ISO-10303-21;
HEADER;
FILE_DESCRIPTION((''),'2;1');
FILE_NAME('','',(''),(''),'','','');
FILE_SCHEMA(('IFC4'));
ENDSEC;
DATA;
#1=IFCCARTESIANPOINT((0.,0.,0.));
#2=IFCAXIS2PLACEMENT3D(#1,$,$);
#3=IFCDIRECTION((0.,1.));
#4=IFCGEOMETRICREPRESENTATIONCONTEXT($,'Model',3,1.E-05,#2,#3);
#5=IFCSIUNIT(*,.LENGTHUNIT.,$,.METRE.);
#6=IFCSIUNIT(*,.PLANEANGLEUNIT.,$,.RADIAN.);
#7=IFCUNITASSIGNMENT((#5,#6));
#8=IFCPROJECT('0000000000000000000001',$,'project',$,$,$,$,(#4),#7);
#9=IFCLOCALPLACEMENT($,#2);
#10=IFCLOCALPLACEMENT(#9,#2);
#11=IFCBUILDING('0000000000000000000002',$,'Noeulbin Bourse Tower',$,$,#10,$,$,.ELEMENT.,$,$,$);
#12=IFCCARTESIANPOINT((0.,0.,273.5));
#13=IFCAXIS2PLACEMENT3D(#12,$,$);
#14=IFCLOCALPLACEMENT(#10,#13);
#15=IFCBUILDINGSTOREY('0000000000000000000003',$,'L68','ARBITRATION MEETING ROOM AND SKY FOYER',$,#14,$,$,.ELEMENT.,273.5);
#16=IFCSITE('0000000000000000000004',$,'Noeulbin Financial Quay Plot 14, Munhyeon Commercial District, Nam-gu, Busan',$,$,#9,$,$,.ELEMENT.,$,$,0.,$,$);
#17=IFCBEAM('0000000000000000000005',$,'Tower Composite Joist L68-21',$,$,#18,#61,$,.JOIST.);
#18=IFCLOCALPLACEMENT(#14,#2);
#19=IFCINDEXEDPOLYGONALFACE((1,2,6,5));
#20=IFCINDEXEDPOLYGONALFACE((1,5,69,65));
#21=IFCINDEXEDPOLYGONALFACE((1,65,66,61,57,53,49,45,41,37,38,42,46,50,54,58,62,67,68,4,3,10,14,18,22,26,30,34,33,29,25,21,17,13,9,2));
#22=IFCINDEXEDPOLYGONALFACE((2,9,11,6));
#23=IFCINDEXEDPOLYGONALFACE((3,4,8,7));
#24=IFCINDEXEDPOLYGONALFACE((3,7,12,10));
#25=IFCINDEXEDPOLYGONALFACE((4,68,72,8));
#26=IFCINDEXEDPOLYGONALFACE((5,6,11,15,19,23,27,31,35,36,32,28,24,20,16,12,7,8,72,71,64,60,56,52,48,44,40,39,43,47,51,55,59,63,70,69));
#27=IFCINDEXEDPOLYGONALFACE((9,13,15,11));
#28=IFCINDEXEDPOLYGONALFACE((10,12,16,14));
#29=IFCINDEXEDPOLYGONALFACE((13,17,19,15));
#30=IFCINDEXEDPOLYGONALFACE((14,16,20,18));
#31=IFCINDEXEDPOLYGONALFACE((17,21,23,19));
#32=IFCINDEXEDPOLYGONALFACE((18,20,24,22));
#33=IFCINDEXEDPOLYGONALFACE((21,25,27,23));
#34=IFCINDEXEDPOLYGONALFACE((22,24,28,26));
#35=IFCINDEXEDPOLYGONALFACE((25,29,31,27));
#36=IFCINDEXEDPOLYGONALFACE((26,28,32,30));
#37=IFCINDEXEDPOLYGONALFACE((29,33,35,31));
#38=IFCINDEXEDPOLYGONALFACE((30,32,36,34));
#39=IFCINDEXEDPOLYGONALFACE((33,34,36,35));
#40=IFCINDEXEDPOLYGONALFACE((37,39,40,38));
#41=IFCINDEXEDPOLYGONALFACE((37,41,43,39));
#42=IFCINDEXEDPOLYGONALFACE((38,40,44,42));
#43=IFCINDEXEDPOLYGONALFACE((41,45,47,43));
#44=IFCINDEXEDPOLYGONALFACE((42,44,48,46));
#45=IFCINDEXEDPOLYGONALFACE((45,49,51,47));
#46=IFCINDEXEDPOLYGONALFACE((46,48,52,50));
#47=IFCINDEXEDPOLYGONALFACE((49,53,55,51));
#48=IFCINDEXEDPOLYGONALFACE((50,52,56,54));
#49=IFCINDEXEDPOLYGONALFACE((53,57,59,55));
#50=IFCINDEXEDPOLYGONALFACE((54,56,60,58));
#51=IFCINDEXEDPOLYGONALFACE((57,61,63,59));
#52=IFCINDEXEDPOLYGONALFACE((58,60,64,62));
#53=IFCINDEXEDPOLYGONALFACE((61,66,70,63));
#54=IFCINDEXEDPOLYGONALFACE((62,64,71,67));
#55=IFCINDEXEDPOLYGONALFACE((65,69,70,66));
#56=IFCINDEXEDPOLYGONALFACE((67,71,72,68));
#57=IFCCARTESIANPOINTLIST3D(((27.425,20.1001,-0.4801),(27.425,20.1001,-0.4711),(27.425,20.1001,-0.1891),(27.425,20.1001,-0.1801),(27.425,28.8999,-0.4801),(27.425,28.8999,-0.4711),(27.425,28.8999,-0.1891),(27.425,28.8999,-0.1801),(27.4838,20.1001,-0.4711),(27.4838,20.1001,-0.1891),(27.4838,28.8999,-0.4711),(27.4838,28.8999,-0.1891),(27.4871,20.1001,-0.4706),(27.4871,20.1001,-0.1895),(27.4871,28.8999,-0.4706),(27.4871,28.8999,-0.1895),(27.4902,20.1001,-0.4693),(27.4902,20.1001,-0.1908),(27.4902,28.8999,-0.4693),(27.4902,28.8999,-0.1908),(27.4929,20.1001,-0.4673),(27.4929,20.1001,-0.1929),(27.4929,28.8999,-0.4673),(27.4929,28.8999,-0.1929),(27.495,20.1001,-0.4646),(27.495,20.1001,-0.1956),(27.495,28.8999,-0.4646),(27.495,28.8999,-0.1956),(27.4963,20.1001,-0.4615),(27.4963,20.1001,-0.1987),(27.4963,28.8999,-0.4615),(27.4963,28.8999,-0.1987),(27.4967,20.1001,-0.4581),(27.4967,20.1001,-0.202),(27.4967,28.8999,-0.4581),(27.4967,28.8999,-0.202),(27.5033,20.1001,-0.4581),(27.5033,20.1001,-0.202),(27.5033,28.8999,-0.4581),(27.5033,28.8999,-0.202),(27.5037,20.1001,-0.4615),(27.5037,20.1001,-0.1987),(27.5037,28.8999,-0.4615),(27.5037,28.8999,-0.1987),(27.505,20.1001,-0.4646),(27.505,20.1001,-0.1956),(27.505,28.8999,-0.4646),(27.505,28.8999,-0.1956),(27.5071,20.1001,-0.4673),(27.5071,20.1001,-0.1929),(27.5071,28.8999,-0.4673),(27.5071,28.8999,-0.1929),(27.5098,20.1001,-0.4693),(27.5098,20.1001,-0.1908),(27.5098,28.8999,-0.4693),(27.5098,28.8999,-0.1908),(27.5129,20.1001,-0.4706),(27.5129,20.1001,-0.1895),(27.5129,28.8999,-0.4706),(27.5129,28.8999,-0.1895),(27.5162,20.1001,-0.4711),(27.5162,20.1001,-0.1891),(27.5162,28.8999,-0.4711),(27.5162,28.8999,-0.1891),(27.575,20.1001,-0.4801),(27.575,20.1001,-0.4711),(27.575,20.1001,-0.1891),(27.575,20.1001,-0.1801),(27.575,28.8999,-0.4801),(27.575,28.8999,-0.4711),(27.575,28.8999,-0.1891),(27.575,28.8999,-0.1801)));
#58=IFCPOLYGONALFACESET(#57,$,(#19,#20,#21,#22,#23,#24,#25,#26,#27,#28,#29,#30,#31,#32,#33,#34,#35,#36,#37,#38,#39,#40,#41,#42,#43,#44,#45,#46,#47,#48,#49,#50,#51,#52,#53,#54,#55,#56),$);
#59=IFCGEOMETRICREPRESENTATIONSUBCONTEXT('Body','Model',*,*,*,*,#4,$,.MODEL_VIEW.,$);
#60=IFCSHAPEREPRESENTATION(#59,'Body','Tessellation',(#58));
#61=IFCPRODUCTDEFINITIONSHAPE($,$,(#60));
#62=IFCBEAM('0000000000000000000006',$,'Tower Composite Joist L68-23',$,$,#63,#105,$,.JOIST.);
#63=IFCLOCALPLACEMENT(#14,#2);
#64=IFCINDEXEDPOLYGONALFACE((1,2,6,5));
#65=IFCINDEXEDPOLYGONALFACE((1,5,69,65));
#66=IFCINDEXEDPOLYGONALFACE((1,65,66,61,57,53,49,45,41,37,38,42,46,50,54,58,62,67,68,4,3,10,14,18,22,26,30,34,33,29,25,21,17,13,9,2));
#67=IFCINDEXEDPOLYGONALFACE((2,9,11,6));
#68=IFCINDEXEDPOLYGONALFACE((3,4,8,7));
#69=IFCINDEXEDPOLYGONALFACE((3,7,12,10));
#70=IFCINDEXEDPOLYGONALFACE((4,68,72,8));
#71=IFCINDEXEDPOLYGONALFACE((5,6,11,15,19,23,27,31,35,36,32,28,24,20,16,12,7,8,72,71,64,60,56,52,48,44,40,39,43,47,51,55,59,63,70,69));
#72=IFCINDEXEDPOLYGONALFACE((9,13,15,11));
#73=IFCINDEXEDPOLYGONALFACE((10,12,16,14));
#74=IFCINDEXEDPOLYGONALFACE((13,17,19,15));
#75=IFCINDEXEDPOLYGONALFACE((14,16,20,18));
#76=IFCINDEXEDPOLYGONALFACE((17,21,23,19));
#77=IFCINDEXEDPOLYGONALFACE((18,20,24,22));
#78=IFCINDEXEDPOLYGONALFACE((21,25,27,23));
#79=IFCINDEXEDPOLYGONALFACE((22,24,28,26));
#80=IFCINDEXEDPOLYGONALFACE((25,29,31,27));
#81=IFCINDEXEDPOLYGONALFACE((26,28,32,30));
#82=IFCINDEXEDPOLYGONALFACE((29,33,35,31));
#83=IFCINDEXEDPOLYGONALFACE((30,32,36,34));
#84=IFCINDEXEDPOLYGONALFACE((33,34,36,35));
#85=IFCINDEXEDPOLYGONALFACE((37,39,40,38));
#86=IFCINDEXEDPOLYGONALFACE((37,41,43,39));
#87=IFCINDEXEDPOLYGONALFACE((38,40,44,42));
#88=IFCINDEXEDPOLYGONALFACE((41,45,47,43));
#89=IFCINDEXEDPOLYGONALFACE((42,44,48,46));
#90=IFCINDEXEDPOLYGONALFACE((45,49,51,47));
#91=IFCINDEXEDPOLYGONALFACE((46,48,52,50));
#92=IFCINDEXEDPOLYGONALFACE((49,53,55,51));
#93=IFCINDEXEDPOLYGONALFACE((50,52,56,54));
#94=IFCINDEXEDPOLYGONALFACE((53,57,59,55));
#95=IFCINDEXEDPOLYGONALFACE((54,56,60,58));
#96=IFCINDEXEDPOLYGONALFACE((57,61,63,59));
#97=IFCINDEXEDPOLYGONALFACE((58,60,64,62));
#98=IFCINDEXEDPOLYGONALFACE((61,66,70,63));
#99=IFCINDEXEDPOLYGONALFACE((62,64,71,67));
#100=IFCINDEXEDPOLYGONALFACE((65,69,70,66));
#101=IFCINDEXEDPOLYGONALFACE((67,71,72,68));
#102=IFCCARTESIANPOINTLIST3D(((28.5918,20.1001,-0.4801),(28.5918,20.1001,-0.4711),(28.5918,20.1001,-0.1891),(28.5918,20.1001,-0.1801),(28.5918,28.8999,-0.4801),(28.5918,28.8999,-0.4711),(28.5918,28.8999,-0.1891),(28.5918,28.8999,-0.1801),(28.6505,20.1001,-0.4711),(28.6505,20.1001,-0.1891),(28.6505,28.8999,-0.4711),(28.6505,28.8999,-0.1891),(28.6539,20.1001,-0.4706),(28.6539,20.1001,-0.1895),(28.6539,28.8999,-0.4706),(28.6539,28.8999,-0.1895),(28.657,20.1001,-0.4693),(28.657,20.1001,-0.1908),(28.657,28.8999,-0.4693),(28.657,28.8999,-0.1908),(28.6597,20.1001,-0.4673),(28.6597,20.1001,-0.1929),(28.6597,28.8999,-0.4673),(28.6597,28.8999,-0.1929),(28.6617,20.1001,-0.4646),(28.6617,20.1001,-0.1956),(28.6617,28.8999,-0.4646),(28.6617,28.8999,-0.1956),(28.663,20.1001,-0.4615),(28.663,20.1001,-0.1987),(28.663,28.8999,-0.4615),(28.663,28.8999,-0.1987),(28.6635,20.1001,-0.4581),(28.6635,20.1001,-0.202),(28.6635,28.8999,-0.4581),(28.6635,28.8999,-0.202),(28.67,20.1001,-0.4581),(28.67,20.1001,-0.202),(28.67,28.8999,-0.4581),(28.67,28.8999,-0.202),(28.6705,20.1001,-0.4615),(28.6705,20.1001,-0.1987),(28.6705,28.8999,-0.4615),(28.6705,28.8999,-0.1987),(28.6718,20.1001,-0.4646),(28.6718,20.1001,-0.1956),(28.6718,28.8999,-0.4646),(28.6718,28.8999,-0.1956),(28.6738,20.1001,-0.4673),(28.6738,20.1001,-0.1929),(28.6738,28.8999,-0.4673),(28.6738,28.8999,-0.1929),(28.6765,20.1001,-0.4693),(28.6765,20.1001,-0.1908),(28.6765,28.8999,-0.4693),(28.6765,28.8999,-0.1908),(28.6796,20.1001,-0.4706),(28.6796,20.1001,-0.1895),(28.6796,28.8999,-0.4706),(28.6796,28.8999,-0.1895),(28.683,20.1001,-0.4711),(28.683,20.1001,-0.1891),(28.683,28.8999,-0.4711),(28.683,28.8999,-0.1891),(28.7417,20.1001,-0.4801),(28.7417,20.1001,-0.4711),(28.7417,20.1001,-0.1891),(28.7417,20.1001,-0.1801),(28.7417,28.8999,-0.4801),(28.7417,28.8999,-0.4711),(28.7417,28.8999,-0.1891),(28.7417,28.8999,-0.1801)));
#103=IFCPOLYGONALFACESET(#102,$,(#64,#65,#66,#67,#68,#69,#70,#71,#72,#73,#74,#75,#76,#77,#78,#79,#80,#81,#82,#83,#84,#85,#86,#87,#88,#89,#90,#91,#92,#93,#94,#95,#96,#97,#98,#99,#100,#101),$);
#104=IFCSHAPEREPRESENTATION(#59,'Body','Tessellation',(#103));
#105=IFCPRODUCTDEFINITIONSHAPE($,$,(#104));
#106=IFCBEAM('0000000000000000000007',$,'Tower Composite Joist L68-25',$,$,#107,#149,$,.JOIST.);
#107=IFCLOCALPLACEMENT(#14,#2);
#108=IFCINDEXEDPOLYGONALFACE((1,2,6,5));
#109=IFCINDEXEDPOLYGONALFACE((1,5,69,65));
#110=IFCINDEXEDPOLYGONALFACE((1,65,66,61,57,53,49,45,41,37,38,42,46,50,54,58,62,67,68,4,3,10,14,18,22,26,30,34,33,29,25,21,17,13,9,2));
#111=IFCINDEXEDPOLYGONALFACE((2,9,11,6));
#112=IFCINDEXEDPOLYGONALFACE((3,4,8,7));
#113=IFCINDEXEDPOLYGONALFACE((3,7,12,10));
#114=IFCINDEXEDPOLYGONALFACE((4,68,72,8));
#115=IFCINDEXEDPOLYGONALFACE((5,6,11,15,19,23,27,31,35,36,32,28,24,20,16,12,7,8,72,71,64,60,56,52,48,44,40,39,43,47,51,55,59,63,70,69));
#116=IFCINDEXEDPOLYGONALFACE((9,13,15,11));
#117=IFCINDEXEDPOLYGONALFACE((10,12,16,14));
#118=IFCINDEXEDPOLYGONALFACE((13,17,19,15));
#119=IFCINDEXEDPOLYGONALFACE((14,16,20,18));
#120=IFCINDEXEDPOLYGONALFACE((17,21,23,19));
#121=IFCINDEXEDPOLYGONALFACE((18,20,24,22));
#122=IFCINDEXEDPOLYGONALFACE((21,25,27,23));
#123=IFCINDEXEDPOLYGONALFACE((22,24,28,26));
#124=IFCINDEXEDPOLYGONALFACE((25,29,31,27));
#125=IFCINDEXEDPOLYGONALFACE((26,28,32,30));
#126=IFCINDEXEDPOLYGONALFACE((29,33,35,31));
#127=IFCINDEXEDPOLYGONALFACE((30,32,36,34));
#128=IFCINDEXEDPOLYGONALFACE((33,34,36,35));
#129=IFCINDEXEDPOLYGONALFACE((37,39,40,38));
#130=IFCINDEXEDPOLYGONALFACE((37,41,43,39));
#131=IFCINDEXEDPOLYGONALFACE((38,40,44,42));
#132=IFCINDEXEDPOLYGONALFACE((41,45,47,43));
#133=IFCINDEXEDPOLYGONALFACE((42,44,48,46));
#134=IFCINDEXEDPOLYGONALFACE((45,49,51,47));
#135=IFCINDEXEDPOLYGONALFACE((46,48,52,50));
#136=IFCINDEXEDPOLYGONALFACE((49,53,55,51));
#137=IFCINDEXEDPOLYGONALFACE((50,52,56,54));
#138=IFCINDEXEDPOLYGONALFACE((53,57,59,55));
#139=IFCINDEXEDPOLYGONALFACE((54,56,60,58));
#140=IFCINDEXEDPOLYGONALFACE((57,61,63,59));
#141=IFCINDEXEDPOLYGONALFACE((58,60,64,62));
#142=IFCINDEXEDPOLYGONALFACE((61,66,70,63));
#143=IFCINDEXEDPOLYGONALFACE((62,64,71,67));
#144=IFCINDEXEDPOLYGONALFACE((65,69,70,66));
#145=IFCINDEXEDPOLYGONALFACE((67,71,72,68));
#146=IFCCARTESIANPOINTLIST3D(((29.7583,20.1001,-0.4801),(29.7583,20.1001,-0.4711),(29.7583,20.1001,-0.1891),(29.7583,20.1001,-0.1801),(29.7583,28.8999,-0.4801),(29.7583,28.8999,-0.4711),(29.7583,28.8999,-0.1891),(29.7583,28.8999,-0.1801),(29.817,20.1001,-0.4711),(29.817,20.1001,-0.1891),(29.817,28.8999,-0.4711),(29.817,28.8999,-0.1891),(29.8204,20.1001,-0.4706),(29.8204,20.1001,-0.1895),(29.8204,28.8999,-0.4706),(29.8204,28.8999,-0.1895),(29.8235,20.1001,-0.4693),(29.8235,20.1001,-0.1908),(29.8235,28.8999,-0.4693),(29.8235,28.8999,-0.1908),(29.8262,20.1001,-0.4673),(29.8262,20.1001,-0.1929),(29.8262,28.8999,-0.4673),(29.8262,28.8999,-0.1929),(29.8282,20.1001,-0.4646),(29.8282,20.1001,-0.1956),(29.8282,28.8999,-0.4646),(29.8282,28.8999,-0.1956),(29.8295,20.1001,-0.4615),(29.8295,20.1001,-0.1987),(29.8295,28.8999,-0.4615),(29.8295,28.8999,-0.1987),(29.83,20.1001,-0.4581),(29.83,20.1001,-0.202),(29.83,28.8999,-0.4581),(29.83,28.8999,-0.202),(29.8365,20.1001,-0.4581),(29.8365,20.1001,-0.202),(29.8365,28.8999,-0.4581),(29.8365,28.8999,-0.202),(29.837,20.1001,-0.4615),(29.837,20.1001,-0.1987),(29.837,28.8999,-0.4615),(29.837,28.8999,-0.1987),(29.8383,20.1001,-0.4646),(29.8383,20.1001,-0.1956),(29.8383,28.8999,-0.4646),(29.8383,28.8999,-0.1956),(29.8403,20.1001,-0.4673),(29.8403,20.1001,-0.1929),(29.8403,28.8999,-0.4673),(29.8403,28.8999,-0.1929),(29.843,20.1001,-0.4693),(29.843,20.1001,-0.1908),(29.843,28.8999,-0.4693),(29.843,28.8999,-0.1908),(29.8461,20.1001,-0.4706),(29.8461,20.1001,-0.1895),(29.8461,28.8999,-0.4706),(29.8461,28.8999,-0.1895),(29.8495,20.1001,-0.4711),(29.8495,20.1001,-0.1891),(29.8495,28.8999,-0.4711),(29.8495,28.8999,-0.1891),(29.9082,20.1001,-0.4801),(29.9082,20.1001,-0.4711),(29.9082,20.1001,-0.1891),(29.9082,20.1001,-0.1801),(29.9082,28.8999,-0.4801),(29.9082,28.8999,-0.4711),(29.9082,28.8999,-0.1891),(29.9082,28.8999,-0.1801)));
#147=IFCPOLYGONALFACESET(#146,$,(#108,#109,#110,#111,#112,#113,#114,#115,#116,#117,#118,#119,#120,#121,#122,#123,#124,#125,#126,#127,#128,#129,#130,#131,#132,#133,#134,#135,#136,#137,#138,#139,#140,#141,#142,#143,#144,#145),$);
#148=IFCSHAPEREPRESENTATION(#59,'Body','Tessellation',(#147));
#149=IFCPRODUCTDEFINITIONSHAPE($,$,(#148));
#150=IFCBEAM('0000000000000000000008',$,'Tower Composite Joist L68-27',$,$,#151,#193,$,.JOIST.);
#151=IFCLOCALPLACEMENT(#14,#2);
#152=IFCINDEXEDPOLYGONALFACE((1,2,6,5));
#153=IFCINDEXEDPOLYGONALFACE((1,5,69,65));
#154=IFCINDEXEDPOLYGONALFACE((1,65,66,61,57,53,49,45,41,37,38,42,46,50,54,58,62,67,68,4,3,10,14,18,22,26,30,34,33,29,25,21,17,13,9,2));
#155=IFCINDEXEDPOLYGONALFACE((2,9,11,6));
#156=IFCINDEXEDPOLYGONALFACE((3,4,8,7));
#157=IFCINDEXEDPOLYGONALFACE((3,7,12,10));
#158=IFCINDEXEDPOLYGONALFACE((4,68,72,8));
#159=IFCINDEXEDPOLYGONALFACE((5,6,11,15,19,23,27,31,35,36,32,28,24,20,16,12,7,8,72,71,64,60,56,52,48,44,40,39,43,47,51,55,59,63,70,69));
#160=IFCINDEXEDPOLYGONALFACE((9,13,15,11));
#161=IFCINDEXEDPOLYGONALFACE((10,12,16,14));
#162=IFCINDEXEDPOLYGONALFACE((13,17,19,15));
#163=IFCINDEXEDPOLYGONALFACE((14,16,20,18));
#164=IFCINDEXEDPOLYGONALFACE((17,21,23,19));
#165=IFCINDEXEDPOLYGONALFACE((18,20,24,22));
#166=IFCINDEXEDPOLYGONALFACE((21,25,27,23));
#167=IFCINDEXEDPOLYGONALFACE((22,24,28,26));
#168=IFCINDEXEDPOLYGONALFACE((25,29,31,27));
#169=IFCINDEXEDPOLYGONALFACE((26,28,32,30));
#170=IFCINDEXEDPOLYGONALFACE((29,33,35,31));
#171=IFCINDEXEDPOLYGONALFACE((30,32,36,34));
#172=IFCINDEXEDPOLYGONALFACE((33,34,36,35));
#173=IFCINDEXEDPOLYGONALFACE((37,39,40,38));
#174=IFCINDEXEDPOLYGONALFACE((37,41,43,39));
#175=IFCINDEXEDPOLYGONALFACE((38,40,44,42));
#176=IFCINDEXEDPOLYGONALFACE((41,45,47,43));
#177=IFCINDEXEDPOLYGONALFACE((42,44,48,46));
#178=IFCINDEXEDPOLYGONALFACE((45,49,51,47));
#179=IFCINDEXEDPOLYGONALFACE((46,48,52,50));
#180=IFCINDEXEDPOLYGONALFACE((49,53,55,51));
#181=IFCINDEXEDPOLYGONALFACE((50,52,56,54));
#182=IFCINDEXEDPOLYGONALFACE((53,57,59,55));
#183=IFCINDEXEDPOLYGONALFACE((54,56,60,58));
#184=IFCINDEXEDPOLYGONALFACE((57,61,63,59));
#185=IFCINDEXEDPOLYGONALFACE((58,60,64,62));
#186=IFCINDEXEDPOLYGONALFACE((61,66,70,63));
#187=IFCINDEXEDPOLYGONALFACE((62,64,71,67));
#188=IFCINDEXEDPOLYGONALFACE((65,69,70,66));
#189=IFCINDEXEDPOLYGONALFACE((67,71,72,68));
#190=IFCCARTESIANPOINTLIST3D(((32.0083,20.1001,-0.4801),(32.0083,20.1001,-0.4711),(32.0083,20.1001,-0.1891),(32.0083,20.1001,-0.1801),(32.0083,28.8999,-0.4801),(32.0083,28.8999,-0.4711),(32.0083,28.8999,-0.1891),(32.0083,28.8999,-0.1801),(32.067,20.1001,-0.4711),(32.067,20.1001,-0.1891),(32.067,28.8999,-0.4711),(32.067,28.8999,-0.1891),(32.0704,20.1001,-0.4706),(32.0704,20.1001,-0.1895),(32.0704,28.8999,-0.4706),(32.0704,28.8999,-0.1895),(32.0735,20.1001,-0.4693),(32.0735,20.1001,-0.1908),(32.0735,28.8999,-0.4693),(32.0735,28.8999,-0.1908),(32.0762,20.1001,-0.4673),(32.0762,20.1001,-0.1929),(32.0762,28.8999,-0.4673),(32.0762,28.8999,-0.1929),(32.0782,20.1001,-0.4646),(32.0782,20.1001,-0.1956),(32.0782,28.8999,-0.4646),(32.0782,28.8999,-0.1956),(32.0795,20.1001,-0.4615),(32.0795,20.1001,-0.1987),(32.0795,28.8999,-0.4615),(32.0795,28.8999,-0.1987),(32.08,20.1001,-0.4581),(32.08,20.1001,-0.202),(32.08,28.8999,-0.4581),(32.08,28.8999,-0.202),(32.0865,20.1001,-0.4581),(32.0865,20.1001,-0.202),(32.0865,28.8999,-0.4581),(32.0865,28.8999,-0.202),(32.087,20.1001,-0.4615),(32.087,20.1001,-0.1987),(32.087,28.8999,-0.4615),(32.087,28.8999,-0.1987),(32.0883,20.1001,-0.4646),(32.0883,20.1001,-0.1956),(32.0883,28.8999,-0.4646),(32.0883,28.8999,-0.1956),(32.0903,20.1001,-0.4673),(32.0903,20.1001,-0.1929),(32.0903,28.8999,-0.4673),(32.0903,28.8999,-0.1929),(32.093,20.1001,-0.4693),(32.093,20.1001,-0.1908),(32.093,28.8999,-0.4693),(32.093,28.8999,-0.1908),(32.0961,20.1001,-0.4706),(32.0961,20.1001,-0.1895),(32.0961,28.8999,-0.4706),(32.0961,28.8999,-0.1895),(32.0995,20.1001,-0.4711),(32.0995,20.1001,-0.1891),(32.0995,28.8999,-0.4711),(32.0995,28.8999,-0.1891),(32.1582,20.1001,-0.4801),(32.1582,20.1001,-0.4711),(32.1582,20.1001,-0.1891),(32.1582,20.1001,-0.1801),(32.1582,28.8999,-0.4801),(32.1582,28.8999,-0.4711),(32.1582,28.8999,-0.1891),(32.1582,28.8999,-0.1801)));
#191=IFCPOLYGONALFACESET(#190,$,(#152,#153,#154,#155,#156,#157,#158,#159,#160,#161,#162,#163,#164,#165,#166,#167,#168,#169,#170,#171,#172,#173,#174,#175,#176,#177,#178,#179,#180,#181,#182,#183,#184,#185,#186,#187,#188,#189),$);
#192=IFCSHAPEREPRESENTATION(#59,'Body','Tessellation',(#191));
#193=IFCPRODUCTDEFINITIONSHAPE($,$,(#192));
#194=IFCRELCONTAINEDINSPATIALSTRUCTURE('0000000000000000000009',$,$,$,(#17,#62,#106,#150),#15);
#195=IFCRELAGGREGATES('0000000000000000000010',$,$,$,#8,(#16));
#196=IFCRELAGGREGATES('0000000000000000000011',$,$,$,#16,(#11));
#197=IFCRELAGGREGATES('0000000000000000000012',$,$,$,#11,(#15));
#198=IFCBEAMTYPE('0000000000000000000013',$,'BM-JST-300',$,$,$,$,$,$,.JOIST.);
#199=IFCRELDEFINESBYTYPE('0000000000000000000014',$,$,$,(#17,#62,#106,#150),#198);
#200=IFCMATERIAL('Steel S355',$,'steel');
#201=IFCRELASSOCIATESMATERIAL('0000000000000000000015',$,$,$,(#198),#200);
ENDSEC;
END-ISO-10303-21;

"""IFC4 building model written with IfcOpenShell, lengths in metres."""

from ifc_helpers import new_model, si_unit, direction, frame, origin, origin_2d, place, context, subcontext, project, spatial, i_section, extrude, material, material_profile, profile_set, type_object, element, save


model = new_model("IFC4")

# Units and contexts
model_context = context("Model", 3, precision=1e-05, world=origin(), true_north=direction((0.0, 1.0)))
body_context = subcontext(model_context, "Body", "Model", "MODEL_VIEW")
ifc_project = project(units=[si_unit("LENGTHUNIT", "METRE"), si_unit("PLANEANGLEUNIT", "RADIAN")], contexts=[model_context])

# Site, building, storey
site_placement = place(None, origin())
site = spatial("IfcSite", under=ifc_project, at=site_placement, Name="Noeulbin Financial Quay Plot 14, Munhyeon Commercial District, Nam-gu, Busan", CompositionType="ELEMENT", RefElevation=0.0)
building_placement = place(site_placement, origin())
building = spatial("IfcBuilding", under=site, at=building_placement, Name="Noeulbin Bourse Tower", CompositionType="ELEMENT")
storey_placement = place(building_placement, frame((0.0, 0.0, 273.5)))
storey = spatial("IfcBuildingStorey", under=building, at=storey_placement, Name="L68", Description="ARBITRATION MEETING ROOM AND SKY FOYER", CompositionType="ELEMENT", Elevation=273.5)

# Shared definitions
ifc_material_1 = material(Name="Steel S355", Category="steel")

# Beams
ifc_material_profile_1 = material_profile(ifc_material_1, i_section(OverallWidth=0.1499, OverallDepth=0.3, WebThickness=0.0066, FlangeThickness=0.009, FilletRadius=0.0129, at=origin_2d()), Name="H-300x150x6.5x9", Category="LoadBearing")
ifc_profile_set_1 = profile_set([ifc_material_profile_1], Name="Steel S355")
beam_type_1 = type_object("IfcBeamType", Name="BM-JST-300", PredefinedType="JOIST", material=ifc_profile_set_1)
for number, where, z_axis, x_axis, name in (
    (1, (27.5, 20.1001, -0.3301), (0.0, 1.0, 0.0), (-1.0, 0.0, 0.0), "Tower Composite Joist L68-21"),
    (2, (28.6667, 20.1001, -0.3301), (0.0, 1.0, 0.0), (-1.0, 0.0, 0.0), "Tower Composite Joist L68-23"),
    (3, (29.8333, 20.1001, -0.3301), (0.0, 1.0, 0.0), (-1.0, 0.0, 0.0), "Tower Composite Joist L68-25"),
    (4, (32.0833, 20.1001, -0.3301), (0.0, 1.0, 0.0), (-1.0, 0.0, 0.0), "Tower Composite Joist L68-27"),
):
    element("IfcBeam", number, at=place(storey_placement, frame(where, z_axis=z_axis, x_axis=x_axis)), inside=storey, type_object=beam_type_1, Name=name, PredefinedType="JOIST", context=body_context, shape_type="SweptSolid", body=[
        extrude(i_section(OverallWidth=0.1499, OverallDepth=0.3, WebThickness=0.0066, FlangeThickness=0.009, FilletRadius=0.0129, at=origin_2d()), origin(), (0.0, 0.0, 1.0), 8.7998),
    ])

save(model, "model.ifc")
